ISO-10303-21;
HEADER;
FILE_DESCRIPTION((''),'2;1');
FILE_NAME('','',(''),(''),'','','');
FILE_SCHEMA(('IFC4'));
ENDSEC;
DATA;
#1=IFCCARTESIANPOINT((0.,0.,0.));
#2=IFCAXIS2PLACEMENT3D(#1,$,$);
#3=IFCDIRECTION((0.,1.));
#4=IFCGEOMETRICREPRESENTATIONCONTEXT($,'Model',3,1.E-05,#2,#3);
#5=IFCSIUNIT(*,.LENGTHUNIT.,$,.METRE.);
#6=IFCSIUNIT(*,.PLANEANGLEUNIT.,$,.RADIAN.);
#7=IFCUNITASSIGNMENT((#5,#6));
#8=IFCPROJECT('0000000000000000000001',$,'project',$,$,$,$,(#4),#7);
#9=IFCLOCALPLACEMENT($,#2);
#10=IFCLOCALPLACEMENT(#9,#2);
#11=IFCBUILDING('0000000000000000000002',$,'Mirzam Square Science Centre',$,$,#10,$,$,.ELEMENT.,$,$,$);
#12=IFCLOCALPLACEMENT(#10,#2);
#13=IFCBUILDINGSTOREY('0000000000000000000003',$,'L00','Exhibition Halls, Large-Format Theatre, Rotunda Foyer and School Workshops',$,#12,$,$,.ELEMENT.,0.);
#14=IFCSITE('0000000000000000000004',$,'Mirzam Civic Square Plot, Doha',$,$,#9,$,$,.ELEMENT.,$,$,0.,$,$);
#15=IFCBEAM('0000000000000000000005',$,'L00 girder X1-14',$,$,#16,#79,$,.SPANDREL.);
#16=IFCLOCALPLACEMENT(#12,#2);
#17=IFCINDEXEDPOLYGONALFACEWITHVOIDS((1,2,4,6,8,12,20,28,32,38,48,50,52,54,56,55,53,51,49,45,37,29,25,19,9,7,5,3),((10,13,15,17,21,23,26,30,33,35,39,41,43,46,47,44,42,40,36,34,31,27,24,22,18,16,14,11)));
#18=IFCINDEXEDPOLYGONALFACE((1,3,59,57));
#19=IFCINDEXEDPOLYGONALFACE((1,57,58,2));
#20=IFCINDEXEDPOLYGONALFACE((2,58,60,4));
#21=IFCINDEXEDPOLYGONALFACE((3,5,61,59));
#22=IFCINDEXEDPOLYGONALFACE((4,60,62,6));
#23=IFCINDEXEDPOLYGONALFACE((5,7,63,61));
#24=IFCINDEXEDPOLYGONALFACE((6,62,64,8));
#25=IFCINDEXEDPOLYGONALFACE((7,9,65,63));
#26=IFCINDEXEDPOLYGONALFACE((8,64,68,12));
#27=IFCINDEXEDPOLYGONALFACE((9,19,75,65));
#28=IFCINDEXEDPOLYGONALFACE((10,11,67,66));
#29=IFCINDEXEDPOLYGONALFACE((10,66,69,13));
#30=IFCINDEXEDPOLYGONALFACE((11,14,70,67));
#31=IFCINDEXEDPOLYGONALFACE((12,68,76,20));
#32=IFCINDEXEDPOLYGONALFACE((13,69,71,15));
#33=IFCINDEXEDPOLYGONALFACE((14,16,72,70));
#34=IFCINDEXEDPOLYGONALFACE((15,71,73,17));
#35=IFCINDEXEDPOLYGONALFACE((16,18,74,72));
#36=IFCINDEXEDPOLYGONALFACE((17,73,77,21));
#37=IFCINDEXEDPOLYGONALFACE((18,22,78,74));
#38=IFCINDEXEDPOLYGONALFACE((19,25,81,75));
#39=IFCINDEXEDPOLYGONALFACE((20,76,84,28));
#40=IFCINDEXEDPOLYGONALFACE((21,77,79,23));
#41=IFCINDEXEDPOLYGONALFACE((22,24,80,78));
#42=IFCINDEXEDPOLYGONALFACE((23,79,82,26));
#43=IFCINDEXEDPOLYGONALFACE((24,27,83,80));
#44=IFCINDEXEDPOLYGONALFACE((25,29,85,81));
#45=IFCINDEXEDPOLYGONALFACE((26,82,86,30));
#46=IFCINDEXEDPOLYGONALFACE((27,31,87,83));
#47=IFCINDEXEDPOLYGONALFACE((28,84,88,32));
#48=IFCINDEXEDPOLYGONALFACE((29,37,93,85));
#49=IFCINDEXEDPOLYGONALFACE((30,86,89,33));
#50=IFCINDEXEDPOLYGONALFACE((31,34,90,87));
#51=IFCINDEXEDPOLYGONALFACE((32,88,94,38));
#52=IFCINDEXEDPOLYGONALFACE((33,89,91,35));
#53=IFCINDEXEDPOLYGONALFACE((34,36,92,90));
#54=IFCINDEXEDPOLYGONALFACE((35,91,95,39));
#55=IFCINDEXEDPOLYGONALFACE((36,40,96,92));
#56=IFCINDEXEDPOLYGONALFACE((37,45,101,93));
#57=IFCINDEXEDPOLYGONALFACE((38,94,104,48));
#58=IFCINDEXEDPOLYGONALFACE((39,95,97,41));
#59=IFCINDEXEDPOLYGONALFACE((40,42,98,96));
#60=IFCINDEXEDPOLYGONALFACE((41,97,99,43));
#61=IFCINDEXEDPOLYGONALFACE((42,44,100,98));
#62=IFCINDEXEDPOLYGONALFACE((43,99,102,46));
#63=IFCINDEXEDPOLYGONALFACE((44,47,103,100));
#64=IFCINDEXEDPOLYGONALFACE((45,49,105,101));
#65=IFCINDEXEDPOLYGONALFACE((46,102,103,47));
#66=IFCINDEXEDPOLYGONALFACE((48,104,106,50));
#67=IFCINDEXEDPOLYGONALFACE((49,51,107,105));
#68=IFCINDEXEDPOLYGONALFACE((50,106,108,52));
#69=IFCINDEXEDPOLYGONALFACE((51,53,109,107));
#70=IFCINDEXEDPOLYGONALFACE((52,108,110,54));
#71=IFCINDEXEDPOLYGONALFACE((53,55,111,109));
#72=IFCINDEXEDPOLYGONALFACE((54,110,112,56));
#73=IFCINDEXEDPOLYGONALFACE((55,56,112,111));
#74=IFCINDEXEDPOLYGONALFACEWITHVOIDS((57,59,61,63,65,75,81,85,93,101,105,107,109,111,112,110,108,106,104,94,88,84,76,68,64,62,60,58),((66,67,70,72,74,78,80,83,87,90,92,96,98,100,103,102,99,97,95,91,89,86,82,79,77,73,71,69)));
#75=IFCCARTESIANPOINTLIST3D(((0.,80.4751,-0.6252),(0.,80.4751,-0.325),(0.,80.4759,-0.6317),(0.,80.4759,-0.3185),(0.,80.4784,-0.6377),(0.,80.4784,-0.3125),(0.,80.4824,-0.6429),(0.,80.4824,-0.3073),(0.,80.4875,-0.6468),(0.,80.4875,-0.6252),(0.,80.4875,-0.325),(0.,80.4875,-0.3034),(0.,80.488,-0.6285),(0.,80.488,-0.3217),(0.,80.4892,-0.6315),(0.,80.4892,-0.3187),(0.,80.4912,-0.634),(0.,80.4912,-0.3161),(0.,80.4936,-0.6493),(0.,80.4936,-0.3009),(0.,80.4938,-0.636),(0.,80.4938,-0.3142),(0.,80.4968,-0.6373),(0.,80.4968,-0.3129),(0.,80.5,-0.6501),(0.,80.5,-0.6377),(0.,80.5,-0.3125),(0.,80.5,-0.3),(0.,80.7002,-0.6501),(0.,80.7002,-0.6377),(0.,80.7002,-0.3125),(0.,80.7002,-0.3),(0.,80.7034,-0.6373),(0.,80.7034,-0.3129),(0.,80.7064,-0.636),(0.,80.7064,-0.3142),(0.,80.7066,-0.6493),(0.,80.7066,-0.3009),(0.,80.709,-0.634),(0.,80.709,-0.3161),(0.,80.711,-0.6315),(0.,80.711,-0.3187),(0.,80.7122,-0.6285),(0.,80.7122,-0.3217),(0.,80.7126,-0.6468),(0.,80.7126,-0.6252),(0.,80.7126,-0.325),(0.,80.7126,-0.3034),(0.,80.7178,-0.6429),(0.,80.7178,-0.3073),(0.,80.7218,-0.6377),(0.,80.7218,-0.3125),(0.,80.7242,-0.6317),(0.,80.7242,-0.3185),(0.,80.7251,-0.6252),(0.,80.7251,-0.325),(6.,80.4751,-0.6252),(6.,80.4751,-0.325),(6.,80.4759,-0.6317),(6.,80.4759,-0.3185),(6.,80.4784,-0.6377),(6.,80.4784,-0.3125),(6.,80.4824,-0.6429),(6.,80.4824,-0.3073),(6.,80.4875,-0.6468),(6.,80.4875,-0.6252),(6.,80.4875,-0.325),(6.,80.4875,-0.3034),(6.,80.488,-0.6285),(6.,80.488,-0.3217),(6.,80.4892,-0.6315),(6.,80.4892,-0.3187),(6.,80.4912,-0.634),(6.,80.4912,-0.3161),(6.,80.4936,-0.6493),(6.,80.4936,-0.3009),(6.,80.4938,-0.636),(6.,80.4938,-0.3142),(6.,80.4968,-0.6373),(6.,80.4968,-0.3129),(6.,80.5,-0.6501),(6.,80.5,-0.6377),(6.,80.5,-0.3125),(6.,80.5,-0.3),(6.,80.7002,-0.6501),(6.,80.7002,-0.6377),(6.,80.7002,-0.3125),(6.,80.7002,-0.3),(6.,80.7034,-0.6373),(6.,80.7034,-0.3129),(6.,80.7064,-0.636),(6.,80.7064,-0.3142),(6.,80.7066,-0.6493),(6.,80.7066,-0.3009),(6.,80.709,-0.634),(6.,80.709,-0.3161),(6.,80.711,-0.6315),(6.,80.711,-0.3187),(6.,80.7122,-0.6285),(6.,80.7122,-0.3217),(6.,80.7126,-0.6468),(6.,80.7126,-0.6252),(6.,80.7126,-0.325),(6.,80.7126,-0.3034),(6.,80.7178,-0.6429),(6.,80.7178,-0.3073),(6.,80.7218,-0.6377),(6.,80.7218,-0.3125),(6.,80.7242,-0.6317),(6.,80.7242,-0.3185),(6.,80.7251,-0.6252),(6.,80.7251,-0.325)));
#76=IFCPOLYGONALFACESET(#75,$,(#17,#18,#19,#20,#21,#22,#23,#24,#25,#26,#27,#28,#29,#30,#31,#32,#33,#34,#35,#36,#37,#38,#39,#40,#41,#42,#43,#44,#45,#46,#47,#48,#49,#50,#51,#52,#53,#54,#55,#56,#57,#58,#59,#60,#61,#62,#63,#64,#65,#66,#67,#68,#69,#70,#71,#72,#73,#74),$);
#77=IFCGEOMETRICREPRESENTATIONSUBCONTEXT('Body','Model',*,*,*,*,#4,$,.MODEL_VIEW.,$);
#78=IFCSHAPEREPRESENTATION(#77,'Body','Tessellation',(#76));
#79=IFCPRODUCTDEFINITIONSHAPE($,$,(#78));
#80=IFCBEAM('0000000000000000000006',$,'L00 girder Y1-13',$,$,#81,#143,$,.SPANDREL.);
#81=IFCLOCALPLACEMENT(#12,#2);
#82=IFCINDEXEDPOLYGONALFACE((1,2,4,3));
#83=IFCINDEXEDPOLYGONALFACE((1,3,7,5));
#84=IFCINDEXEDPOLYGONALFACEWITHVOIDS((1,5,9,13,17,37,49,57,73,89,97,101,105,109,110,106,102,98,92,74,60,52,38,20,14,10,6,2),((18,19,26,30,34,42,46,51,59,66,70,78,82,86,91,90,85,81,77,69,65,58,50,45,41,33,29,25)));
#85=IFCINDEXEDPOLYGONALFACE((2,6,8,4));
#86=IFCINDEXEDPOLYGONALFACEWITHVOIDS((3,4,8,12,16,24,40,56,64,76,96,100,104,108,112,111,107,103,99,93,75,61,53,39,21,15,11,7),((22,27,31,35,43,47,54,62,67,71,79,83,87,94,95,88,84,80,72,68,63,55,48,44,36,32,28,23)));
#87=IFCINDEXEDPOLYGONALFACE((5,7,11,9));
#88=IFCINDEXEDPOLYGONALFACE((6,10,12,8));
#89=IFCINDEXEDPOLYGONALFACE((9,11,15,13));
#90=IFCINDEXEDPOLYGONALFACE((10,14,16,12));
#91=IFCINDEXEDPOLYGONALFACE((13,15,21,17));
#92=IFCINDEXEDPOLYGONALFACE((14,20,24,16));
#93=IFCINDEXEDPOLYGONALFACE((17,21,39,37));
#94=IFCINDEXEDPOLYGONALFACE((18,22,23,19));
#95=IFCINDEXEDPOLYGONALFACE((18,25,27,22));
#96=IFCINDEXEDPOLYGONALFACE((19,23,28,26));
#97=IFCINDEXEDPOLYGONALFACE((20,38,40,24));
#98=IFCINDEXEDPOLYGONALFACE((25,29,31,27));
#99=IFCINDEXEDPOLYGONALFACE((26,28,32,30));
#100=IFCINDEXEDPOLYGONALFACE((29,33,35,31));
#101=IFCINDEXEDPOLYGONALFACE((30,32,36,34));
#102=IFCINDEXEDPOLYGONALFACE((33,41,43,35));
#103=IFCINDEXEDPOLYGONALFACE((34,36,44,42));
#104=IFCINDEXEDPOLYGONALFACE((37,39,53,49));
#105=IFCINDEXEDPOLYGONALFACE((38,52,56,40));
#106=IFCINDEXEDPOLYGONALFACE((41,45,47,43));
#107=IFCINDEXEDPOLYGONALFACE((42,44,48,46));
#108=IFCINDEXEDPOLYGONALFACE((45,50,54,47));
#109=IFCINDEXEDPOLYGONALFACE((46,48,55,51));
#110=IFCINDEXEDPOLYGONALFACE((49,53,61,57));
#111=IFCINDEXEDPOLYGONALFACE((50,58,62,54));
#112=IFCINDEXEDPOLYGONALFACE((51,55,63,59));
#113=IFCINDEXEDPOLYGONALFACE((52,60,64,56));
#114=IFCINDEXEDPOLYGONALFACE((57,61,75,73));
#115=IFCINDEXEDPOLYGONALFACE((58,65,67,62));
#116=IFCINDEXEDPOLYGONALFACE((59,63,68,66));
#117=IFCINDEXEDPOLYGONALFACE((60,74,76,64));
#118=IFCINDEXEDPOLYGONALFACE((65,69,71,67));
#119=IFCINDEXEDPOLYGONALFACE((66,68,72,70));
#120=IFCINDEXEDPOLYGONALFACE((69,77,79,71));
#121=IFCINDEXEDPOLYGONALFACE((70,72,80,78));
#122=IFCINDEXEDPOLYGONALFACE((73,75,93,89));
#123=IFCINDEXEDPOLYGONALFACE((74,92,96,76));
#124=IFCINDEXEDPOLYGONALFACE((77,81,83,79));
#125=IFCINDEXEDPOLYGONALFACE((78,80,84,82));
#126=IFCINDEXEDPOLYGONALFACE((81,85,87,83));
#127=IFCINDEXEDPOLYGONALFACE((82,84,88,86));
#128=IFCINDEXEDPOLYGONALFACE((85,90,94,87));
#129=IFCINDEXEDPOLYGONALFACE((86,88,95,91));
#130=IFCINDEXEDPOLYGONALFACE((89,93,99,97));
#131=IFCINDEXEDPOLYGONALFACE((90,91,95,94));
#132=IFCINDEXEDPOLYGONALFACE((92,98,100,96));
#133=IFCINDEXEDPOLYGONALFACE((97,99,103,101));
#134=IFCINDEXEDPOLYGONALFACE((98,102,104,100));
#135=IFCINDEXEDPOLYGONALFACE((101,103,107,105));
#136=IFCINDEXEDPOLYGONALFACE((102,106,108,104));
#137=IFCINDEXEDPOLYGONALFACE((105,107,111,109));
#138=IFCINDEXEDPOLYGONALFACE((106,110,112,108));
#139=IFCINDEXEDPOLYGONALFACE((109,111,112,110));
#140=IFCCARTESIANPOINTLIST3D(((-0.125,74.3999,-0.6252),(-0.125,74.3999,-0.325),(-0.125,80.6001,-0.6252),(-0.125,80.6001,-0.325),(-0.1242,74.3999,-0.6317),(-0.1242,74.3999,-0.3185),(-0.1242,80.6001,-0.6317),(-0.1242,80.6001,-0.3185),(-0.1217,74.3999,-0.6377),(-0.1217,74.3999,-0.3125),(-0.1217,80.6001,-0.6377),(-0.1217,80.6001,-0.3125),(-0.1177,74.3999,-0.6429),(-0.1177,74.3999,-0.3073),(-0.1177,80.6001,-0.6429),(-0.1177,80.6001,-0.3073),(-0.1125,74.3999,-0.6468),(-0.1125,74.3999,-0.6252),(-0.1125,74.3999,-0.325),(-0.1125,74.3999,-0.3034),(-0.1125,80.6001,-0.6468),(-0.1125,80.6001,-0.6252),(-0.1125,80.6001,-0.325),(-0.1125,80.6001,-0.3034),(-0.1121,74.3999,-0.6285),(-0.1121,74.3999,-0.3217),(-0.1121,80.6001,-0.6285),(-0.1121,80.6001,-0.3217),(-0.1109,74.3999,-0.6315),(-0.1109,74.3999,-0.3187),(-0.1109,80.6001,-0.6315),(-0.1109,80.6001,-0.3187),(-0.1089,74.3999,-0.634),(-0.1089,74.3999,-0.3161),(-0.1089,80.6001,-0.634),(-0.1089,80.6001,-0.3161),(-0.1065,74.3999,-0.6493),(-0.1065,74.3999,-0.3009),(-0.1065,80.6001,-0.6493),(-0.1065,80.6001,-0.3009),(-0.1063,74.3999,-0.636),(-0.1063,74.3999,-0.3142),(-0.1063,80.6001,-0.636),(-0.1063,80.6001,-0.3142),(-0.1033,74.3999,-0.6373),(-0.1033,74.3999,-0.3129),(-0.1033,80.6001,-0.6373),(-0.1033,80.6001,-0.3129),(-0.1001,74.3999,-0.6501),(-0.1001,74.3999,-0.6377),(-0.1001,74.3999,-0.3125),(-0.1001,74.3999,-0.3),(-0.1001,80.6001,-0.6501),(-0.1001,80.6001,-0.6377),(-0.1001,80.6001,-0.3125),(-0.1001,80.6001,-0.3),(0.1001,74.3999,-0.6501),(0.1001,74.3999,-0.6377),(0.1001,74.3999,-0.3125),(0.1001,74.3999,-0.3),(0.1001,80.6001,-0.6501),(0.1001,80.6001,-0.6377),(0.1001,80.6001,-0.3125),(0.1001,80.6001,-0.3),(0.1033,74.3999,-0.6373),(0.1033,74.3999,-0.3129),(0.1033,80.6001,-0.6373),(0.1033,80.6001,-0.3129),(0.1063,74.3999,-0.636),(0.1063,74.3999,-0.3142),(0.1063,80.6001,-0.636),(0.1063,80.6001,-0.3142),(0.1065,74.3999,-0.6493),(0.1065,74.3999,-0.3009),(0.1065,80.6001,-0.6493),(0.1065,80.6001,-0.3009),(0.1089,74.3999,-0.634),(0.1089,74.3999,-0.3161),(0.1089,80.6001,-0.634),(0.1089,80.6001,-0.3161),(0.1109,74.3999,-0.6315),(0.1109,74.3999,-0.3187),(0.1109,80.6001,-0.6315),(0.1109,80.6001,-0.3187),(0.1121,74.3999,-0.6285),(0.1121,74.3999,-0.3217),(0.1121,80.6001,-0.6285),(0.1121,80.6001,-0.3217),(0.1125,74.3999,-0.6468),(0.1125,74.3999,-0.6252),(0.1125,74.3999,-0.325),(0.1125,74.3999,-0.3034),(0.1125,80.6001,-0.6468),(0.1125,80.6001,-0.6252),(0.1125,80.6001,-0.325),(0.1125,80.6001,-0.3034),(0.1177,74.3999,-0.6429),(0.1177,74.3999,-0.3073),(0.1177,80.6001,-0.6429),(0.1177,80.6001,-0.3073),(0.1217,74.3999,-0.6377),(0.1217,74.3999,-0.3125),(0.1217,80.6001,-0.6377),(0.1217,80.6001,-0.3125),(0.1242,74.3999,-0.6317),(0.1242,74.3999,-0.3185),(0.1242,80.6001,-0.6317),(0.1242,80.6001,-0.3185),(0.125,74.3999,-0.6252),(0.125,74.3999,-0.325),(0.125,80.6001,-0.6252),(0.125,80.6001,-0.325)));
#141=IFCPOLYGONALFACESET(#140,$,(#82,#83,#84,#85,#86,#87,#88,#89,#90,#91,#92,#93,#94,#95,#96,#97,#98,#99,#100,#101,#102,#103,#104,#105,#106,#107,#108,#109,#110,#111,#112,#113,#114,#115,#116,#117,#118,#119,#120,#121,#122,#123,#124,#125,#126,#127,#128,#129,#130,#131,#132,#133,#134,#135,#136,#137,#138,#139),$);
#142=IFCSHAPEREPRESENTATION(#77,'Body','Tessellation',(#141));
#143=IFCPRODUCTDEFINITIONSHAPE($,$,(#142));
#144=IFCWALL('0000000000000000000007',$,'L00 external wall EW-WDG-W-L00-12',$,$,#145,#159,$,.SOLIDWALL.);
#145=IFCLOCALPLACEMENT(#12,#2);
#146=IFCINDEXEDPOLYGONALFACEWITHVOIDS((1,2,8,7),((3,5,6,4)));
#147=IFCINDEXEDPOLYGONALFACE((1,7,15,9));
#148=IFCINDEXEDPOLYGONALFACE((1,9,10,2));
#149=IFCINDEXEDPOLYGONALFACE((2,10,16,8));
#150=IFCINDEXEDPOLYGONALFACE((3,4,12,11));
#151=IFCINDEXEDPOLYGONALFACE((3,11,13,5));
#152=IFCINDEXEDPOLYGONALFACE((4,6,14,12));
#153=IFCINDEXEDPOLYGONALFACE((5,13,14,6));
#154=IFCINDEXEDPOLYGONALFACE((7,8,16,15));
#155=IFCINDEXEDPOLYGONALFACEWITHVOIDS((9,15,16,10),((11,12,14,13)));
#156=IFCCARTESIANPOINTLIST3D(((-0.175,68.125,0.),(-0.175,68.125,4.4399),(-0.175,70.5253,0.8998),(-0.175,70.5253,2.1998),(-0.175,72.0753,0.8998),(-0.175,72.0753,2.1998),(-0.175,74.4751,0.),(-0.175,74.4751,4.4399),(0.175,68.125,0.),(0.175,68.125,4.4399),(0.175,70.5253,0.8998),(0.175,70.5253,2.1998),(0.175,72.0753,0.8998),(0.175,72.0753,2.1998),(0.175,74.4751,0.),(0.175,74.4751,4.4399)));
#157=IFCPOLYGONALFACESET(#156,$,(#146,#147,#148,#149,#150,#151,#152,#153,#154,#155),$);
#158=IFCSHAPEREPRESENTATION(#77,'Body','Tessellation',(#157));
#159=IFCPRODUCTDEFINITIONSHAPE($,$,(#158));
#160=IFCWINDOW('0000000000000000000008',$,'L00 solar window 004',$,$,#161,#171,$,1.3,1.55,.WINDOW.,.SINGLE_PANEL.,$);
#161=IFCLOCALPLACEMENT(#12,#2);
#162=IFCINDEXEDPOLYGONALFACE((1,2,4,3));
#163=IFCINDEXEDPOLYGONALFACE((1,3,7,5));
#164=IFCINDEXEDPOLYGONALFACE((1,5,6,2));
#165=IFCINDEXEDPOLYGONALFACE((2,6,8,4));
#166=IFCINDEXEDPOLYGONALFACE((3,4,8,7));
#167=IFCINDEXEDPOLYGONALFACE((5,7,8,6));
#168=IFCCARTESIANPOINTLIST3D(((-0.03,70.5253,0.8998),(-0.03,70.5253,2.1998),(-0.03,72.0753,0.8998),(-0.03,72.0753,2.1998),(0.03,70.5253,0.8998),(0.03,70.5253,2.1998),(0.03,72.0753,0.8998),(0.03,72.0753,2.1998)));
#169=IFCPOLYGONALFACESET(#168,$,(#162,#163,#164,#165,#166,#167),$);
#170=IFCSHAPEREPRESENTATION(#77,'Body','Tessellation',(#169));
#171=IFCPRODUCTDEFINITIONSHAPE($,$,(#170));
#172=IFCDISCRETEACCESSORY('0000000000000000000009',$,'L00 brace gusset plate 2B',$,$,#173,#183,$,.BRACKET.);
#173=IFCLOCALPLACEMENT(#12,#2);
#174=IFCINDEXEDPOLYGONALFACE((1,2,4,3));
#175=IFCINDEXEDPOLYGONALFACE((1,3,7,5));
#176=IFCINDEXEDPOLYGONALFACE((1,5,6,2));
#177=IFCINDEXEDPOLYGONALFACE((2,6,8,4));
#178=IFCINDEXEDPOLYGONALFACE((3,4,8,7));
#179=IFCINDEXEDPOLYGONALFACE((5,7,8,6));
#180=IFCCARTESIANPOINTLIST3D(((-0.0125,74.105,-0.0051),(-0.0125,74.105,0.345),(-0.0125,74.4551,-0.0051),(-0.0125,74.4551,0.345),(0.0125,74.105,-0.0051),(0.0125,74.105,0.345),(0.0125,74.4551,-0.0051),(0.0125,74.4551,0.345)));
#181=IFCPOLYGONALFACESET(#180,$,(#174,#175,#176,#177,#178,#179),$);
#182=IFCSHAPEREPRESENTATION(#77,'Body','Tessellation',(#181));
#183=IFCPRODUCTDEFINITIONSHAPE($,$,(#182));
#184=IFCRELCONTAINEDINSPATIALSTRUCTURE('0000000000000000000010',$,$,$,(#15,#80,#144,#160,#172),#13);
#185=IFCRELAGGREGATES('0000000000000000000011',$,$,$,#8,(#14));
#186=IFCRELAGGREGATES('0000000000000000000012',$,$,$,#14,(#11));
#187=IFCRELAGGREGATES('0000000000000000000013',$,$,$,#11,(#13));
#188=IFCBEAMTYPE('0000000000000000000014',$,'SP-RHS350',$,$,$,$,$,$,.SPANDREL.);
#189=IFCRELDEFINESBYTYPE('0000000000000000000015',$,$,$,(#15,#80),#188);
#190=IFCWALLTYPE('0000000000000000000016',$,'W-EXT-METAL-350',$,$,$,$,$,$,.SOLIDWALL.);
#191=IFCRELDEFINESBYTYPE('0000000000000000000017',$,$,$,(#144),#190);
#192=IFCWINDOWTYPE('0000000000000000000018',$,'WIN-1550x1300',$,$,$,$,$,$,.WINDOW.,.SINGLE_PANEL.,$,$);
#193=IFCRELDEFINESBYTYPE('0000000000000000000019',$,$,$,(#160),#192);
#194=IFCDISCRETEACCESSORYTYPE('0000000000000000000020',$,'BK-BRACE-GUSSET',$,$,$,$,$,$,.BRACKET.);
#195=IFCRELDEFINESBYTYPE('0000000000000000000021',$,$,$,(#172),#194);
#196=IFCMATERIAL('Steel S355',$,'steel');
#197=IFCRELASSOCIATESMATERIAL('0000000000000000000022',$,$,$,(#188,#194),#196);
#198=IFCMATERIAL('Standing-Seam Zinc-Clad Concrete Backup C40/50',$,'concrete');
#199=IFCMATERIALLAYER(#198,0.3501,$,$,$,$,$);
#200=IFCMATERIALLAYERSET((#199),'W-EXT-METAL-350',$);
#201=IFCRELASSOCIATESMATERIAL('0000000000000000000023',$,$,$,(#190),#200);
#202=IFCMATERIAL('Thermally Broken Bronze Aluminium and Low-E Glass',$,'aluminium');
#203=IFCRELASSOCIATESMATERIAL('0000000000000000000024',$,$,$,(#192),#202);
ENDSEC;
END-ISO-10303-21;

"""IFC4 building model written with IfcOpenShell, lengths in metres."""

from ifc_helpers import new_model, si_unit, direction, frame, frame_2d, origin, origin_2d, place, context, subcontext, project, spatial, rectangle, hollow_rectangle, extrude, material, layer, layer_set, material_profile, profile_set, type_object, element, fill, save


model = new_model("IFC4")

# Units and contexts
model_context = context("Model", 3, precision=1e-05, world=origin(), true_north=direction((0.0, 1.0)))
body_context = subcontext(model_context, "Body", "Model", "MODEL_VIEW")
ifc_project = project(units=[si_unit("LENGTHUNIT", "METRE"), si_unit("PLANEANGLEUNIT", "RADIAN")], contexts=[model_context])

# Site, building, storey
site_placement = place(None, origin())
site = spatial("IfcSite", under=ifc_project, at=site_placement, Name="Mirzam Civic Square Plot, Doha", CompositionType="ELEMENT", RefElevation=0.0)
building_placement = place(site_placement, origin())
building = spatial("IfcBuilding", under=site, at=building_placement, Name="Mirzam Square Science Centre", CompositionType="ELEMENT")
storey_placement = place(building_placement, origin())
storey = spatial("IfcBuildingStorey", under=building, at=storey_placement, Name="L00", Description="Exhibition Halls, Large-Format Theatre, Rotunda Foyer and School Workshops", CompositionType="ELEMENT", Elevation=0.0)

# Shared definitions
ifc_material_1 = material(Name="Steel S355", Category="steel")

# Beams
ifc_material_profile_1 = material_profile(ifc_material_1, hollow_rectangle(XDim=0.25, YDim=0.3501, WallThickness=0.0125, InnerFilletRadius=0.0125, OuterFilletRadius=0.0249, at=origin_2d()), Name="350x250x12.5RHS")
ifc_profile_set_1 = profile_set([ifc_material_profile_1], Name="Steel S355")
beam_type_1 = type_object("IfcBeamType", Name="SP-RHS350", PredefinedType="SPANDREL", material=ifc_profile_set_1)
beam_1_placement = place(storey_placement, frame((0.0, 80.6001, -0.4751), z_axis=(1.0, 0.0, 0.0), x_axis=(0.0, 1.0, 0.0)))
element("IfcBeam", 1, at=beam_1_placement, inside=storey, type_object=beam_type_1, Name="L00 girder X1-14", PredefinedType="SPANDREL", context=body_context, shape_type="SweptSolid", body=[
    extrude(hollow_rectangle(XDim=0.25, YDim=0.3501, WallThickness=0.0125, InnerFilletRadius=0.0125, OuterFilletRadius=0.0249, at=origin_2d()), origin(), (0.0, 0.0, 1.0), 6.0),
])
beam_2_placement = place(storey_placement, frame((0.0, 74.3999, -0.4751), z_axis=(0.0, 1.0, 0.0), x_axis=(-1.0, 0.0, 0.0)))
element("IfcBeam", 2, at=beam_2_placement, inside=storey, type_object=beam_type_1, Name="L00 girder Y1-13", PredefinedType="SPANDREL", context=body_context, shape_type="SweptSolid", body=[
    extrude(hollow_rectangle(XDim=0.25, YDim=0.3501, WallThickness=0.0125, InnerFilletRadius=0.0125, OuterFilletRadius=0.0249, at=origin_2d()), origin(), (0.0, 0.0, 1.0), 6.2002),
])

# Wall, opening, window
ifc_material_2 = material(Name="Standing-Seam Zinc-Clad Concrete Backup C40/50", Category="concrete")
ifc_layer_1 = layer(ifc_material_2, 0.3501)
ifc_layer_set_1 = layer_set([ifc_layer_1], Name="W-EXT-METAL-350")
wall_type = type_object("IfcWallType", Name="W-EXT-METAL-350", PredefinedType="SOLIDWALL", material=ifc_layer_set_1)
wall_placement = place(storey_placement, frame((0.0, 74.4751, 0.0), z_axis=(0.0, 0.0, 1.0), x_axis=(0.0, -1.0, 0.0)))
wall = element("IfcWall", 3, at=wall_placement, inside=storey, type_object=wall_type, Name="L00 external wall EW-WDG-W-L00-12", PredefinedType="SOLIDWALL", context=body_context, shape_type="SweptSolid", body=[
    extrude(rectangle(XDim=6.3501, YDim=0.3501, at=frame_2d((3.175, 0.0))), origin(), (0.0, 0.0, 1.0), 4.4399),
])
opening_placement = place(wall_placement, frame((2.3999, 0.0, 0.8999)))
opening = element("IfcOpeningElement", 4, at=opening_placement, cuts=wall, PredefinedType="OPENING", context=body_context, shape_type="SweptSolid", body=[
    extrude(rectangle(XDim=1.55, YDim=1.3, at=frame_2d((0.7749, 0.6499))), frame((0.0, 0.1851, 0.0), z_axis=(0.0, -1.0, 0.0), x_axis=(1.0, 0.0, 0.0)), (0.0, 0.0, 1.0), 0.3701),
])
ifc_material_3 = material(Name="Thermally Broken Bronze Aluminium and Low-E Glass", Category="aluminium")
window_type = type_object("IfcWindowType", Name="WIN-1550x1300", PartitioningType="SINGLE_PANEL", PredefinedType="WINDOW", material=ifc_material_3)
window_placement = place(opening_placement, origin())
window = element("IfcWindow", 5, at=window_placement, inside=storey, type_object=window_type, Name="L00 solar window 004", OverallHeight=1.3, OverallWidth=1.55, PartitioningType="SINGLE_PANEL", PredefinedType="WINDOW", context=body_context, shape_type="SweptSolid", body=[
    extrude(rectangle(XDim=1.55, YDim=1.3, at=frame_2d((0.7749, 0.6499))), frame((0.0, 0.03, 0.0), z_axis=(0.0, -1.0, 0.0), x_axis=(1.0, 0.0, 0.0)), (0.0, 0.0, 1.0), 0.0601),
])
fill(opening, window)

# Discrete accessory
discrete_accessory_type = type_object("IfcDiscreteAccessoryType", Name="BK-BRACE-GUSSET", PredefinedType="BRACKET", material=ifc_material_1)
discrete_accessory_placement = place(storey_placement, frame((0.0, 74.28, -0.0051), z_axis=(0.0, 0.0, 1.0), x_axis=(0.0, 1.0, 0.0)))
element("IfcDiscreteAccessory", 6, at=discrete_accessory_placement, inside=storey, type_object=discrete_accessory_type, Name="L00 brace gusset plate 2B", PredefinedType="BRACKET", context=body_context, shape_type="SweptSolid", body=[
    extrude(rectangle(XDim=0.3501, YDim=0.0249, at=origin_2d()), origin(), (0.0, 0.0, 1.0), 0.3501),
])

save(model, "model.ifc")
